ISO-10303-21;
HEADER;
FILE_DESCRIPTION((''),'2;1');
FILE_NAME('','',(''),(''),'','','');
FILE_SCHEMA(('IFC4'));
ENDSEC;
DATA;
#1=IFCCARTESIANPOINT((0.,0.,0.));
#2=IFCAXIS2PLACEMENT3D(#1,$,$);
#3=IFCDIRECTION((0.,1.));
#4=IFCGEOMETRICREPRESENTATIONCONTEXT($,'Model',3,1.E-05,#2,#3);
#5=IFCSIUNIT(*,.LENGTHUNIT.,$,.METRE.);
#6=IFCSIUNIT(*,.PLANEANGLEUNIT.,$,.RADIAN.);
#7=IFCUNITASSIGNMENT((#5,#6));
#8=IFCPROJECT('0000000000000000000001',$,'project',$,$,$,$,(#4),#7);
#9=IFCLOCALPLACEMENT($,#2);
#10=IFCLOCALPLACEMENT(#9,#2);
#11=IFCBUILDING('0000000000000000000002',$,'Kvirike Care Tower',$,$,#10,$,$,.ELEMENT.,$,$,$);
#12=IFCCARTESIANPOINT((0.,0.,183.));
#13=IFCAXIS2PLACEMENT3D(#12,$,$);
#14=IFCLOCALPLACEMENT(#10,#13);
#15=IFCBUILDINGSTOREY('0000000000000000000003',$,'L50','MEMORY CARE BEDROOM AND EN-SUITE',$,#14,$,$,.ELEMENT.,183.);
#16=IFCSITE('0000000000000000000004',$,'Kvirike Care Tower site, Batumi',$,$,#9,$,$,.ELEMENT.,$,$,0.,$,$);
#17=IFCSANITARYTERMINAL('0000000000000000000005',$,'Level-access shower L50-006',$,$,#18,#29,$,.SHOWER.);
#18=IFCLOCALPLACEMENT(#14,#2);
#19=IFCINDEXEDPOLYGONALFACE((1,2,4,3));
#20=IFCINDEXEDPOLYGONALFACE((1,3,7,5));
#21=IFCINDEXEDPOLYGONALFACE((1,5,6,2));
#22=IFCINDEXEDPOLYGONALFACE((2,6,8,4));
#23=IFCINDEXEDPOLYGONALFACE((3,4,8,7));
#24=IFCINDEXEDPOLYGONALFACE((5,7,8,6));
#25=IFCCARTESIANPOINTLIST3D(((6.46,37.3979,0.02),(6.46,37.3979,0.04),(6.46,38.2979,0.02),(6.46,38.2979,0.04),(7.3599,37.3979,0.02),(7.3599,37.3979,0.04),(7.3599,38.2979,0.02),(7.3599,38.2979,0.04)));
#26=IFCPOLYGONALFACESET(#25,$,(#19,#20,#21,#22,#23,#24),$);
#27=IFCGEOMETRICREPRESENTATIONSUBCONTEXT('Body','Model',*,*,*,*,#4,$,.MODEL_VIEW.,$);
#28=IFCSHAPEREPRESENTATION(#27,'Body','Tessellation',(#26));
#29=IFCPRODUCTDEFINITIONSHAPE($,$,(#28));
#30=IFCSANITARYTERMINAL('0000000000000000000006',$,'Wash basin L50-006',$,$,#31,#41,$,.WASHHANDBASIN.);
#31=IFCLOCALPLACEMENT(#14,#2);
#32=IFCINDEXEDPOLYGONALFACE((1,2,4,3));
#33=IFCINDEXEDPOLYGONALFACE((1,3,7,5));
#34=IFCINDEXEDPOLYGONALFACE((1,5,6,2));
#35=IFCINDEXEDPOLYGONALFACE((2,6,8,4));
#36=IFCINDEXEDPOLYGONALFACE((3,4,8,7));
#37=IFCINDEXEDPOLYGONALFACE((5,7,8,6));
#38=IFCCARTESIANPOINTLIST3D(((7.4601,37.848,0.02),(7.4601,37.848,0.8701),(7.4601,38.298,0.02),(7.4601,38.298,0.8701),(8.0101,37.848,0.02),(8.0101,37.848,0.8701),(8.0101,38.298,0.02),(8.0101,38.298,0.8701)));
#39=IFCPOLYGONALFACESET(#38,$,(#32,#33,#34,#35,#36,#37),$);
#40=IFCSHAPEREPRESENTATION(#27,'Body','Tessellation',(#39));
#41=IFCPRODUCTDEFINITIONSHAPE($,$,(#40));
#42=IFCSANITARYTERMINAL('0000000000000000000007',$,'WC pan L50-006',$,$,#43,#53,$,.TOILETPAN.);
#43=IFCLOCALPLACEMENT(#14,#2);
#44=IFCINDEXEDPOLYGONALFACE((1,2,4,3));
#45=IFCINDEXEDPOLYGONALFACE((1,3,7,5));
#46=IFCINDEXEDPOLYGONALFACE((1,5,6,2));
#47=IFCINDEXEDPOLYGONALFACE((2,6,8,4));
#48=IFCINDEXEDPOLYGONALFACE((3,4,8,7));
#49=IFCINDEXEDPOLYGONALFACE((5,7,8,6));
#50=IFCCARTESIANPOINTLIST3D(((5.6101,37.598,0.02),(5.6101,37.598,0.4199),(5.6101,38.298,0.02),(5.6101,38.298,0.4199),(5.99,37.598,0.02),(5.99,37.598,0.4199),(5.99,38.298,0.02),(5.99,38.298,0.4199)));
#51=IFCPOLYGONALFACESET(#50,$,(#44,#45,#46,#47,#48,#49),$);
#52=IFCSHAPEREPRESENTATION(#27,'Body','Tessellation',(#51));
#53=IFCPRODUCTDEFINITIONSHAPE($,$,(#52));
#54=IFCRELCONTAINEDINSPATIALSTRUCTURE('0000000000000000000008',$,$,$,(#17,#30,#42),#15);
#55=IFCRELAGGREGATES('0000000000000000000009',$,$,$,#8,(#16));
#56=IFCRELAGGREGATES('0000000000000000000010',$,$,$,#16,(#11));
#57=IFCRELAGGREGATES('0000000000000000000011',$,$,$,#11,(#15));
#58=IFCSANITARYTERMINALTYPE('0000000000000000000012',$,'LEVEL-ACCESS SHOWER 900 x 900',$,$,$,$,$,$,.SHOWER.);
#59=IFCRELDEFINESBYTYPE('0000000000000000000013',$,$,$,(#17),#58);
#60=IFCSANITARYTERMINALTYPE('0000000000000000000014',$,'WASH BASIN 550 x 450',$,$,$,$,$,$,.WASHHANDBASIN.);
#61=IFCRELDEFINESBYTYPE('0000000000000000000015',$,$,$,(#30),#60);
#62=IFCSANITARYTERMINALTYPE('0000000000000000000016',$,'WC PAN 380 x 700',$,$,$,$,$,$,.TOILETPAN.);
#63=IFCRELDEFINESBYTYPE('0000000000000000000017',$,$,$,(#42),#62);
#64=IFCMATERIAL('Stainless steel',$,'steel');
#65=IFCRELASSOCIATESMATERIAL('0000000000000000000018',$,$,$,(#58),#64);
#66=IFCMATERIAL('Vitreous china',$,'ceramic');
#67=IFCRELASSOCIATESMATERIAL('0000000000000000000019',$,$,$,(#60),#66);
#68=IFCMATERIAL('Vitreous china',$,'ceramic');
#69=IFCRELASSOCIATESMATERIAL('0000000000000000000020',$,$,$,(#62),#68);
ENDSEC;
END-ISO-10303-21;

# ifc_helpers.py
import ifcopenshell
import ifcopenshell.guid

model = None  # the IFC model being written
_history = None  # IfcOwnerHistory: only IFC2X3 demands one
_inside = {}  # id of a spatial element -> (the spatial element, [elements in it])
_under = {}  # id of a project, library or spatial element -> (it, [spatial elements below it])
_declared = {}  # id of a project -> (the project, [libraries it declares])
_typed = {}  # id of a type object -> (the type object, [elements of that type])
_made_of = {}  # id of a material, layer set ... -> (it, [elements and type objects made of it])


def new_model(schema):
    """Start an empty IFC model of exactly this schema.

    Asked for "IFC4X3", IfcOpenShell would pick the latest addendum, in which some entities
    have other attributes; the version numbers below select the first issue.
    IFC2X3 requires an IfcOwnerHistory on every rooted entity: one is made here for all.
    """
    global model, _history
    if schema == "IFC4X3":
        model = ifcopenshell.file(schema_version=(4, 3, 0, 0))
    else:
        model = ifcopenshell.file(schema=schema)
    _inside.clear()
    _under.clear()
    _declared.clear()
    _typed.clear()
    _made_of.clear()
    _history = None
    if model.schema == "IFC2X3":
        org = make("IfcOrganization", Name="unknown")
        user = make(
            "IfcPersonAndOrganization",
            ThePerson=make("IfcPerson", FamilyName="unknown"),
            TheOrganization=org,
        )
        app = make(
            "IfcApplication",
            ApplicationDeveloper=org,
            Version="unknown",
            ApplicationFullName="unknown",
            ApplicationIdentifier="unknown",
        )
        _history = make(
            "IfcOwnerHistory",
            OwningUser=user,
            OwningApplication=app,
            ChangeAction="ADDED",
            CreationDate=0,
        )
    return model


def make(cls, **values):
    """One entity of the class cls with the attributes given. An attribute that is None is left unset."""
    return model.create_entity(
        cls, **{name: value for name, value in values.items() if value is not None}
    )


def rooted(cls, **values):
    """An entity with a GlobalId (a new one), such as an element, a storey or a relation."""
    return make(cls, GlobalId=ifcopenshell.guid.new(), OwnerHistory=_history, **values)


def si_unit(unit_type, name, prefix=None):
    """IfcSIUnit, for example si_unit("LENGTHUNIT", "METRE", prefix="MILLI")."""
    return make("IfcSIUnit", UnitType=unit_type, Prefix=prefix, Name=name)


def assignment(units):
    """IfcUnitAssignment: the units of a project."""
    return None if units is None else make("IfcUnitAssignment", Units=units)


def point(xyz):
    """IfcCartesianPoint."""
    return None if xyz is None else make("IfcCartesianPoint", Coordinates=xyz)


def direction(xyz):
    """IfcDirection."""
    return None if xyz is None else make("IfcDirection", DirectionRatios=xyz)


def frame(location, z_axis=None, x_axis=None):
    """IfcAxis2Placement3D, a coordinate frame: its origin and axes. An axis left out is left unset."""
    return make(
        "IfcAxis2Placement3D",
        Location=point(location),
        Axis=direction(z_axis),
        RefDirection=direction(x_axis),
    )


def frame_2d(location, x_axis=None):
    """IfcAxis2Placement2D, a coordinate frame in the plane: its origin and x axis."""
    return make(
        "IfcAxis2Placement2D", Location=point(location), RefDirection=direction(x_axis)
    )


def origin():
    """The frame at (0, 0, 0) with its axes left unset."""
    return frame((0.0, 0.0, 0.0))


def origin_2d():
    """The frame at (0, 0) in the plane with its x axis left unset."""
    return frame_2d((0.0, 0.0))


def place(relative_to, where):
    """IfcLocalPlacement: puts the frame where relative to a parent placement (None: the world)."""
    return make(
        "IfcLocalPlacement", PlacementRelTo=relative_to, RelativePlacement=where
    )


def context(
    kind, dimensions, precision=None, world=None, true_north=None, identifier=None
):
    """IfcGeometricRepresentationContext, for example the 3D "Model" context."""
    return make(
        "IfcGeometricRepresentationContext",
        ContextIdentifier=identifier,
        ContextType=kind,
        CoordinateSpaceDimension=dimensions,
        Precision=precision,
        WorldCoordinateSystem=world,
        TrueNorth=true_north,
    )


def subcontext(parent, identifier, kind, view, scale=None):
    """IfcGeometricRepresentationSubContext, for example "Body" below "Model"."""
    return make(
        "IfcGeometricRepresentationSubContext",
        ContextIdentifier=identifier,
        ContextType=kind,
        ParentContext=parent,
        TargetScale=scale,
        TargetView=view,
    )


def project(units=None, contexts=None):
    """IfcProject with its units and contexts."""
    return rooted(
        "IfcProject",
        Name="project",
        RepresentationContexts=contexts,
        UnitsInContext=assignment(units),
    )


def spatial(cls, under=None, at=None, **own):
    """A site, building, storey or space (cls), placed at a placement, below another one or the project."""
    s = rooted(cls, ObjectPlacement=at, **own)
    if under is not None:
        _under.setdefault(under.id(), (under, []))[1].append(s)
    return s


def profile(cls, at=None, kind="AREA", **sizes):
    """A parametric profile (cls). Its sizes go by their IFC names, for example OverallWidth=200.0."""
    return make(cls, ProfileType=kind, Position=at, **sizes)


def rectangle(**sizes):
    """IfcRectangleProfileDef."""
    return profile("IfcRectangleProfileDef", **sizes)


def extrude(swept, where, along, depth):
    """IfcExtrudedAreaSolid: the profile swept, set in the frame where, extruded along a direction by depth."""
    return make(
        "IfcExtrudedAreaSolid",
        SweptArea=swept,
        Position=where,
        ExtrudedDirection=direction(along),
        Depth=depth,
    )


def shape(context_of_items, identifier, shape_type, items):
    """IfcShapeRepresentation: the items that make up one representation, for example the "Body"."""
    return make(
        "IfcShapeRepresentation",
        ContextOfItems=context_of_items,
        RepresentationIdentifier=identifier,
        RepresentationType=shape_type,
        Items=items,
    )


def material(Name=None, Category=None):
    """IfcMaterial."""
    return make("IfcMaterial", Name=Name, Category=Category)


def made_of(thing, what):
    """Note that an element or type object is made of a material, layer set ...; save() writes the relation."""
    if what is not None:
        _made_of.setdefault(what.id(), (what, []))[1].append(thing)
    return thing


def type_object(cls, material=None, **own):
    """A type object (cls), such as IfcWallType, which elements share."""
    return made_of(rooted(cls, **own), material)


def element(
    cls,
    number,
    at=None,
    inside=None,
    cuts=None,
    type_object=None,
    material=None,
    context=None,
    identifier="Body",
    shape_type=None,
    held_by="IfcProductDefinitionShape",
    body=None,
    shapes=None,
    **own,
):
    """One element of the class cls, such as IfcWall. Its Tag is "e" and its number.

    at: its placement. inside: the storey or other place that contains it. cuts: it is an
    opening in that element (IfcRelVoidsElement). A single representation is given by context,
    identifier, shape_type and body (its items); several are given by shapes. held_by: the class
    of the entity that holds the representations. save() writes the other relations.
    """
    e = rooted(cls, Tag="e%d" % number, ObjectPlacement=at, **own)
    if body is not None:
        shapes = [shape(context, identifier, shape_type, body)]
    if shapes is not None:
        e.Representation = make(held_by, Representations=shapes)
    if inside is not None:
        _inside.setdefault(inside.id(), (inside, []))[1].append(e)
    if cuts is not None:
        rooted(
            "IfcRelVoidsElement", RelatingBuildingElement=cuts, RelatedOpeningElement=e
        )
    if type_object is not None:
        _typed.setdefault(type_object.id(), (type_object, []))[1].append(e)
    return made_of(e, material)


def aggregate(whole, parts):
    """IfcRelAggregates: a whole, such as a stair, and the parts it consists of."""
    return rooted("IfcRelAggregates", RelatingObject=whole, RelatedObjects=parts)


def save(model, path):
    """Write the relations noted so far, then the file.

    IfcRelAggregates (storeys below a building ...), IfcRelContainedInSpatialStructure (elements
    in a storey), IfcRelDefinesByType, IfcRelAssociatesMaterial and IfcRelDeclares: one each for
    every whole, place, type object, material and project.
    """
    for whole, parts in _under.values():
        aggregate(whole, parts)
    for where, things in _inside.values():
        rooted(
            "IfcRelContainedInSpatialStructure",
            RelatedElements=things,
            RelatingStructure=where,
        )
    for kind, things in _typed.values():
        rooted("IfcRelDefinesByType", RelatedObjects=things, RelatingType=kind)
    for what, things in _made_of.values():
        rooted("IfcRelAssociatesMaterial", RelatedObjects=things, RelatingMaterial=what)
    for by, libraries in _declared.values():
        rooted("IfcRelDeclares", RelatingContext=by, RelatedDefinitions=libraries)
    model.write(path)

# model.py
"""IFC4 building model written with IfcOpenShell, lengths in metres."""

from ifc_helpers import new_model, si_unit, direction, frame, origin, origin_2d, place, context, subcontext, project, spatial, rectangle, extrude, material, type_object, element, save


model = new_model("IFC4")

# Units and contexts
model_context = context("Model", 3, precision=1e-05, world=origin(), true_north=direction((0.0, 1.0)))
body_context = subcontext(model_context, "Body", "Model", "MODEL_VIEW")
ifc_project = project(units=[si_unit("LENGTHUNIT", "METRE"), si_unit("PLANEANGLEUNIT", "RADIAN")], contexts=[model_context])

# Site, building, storey
site_placement = place(None, origin())
site = spatial("IfcSite", under=ifc_project, at=site_placement, Name="Kvirike Care Tower site, Batumi", CompositionType="ELEMENT", RefElevation=0.0)
building_placement = place(site_placement, origin())
building = spatial("IfcBuilding", under=site, at=building_placement, Name="Kvirike Care Tower", CompositionType="ELEMENT")
storey_placement = place(building_placement, frame((0.0, 0.0, 183.0)))
storey = spatial("IfcBuildingStorey", under=building, at=storey_placement, Name="L50", Description="MEMORY CARE BEDROOM AND EN-SUITE", CompositionType="ELEMENT", Elevation=183.0)

# Sanitary terminals
ifc_material_1 = material(Name="Stainless steel", Category="steel")
sanitary_terminal_type_1 = type_object("IfcSanitaryTerminalType", Name="LEVEL-ACCESS SHOWER 900 x 900", PredefinedType="SHOWER", material=ifc_material_1)
sanitary_terminal_1_placement = place(storey_placement, frame((6.9099, 37.8479, 0.02), z_axis=(0.0, 0.0, 1.0), x_axis=(1.0, 0.0, 0.0)))
element("IfcSanitaryTerminal", 1, at=sanitary_terminal_1_placement, inside=storey, type_object=sanitary_terminal_type_1, Name="Level-access shower L50-006", PredefinedType="SHOWER", context=body_context, shape_type="SweptSolid", body=[
    extrude(rectangle(XDim=0.8999, YDim=0.8999, at=origin_2d()), origin(), (0.0, 0.0, 1.0), 0.02),
])
ifc_material_2 = material(Name="Vitreous china", Category="ceramic")
sanitary_terminal_type_2 = type_object("IfcSanitaryTerminalType", Name="WASH BASIN 550 x 450", PredefinedType="WASHHANDBASIN", material=ifc_material_2)
sanitary_terminal_2_placement = place(storey_placement, frame((7.7351, 38.073, 0.02), z_axis=(0.0, 0.0, 1.0), x_axis=(1.0, 0.0, 0.0)))
element("IfcSanitaryTerminal", 2, at=sanitary_terminal_2_placement, inside=storey, type_object=sanitary_terminal_type_2, Name="Wash basin L50-006", PredefinedType="WASHHANDBASIN", context=body_context, shape_type="SweptSolid", body=[
    extrude(rectangle(XDim=0.55, YDim=0.45, at=origin_2d()), origin(), (0.0, 0.0, 1.0), 0.8501),
])
ifc_material_3 = material(Name="Vitreous china", Category="ceramic")
sanitary_terminal_type_3 = type_object("IfcSanitaryTerminalType", Name="WC PAN 380 x 700", PredefinedType="TOILETPAN", material=ifc_material_3)
sanitary_terminal_3_placement = place(storey_placement, frame((5.8, 37.948, 0.02), z_axis=(0.0, 0.0, 1.0), x_axis=(1.0, 0.0, 0.0)))
element("IfcSanitaryTerminal", 3, at=sanitary_terminal_3_placement, inside=storey, type_object=sanitary_terminal_type_3, Name="WC pan L50-006", PredefinedType="TOILETPAN", context=body_context, shape_type="SweptSolid", body=[
    extrude(rectangle(XDim=0.3799, YDim=0.7, at=origin_2d()), origin(), (0.0, 0.0, 1.0), 0.3999),
])

save(model, "model.ifc")
